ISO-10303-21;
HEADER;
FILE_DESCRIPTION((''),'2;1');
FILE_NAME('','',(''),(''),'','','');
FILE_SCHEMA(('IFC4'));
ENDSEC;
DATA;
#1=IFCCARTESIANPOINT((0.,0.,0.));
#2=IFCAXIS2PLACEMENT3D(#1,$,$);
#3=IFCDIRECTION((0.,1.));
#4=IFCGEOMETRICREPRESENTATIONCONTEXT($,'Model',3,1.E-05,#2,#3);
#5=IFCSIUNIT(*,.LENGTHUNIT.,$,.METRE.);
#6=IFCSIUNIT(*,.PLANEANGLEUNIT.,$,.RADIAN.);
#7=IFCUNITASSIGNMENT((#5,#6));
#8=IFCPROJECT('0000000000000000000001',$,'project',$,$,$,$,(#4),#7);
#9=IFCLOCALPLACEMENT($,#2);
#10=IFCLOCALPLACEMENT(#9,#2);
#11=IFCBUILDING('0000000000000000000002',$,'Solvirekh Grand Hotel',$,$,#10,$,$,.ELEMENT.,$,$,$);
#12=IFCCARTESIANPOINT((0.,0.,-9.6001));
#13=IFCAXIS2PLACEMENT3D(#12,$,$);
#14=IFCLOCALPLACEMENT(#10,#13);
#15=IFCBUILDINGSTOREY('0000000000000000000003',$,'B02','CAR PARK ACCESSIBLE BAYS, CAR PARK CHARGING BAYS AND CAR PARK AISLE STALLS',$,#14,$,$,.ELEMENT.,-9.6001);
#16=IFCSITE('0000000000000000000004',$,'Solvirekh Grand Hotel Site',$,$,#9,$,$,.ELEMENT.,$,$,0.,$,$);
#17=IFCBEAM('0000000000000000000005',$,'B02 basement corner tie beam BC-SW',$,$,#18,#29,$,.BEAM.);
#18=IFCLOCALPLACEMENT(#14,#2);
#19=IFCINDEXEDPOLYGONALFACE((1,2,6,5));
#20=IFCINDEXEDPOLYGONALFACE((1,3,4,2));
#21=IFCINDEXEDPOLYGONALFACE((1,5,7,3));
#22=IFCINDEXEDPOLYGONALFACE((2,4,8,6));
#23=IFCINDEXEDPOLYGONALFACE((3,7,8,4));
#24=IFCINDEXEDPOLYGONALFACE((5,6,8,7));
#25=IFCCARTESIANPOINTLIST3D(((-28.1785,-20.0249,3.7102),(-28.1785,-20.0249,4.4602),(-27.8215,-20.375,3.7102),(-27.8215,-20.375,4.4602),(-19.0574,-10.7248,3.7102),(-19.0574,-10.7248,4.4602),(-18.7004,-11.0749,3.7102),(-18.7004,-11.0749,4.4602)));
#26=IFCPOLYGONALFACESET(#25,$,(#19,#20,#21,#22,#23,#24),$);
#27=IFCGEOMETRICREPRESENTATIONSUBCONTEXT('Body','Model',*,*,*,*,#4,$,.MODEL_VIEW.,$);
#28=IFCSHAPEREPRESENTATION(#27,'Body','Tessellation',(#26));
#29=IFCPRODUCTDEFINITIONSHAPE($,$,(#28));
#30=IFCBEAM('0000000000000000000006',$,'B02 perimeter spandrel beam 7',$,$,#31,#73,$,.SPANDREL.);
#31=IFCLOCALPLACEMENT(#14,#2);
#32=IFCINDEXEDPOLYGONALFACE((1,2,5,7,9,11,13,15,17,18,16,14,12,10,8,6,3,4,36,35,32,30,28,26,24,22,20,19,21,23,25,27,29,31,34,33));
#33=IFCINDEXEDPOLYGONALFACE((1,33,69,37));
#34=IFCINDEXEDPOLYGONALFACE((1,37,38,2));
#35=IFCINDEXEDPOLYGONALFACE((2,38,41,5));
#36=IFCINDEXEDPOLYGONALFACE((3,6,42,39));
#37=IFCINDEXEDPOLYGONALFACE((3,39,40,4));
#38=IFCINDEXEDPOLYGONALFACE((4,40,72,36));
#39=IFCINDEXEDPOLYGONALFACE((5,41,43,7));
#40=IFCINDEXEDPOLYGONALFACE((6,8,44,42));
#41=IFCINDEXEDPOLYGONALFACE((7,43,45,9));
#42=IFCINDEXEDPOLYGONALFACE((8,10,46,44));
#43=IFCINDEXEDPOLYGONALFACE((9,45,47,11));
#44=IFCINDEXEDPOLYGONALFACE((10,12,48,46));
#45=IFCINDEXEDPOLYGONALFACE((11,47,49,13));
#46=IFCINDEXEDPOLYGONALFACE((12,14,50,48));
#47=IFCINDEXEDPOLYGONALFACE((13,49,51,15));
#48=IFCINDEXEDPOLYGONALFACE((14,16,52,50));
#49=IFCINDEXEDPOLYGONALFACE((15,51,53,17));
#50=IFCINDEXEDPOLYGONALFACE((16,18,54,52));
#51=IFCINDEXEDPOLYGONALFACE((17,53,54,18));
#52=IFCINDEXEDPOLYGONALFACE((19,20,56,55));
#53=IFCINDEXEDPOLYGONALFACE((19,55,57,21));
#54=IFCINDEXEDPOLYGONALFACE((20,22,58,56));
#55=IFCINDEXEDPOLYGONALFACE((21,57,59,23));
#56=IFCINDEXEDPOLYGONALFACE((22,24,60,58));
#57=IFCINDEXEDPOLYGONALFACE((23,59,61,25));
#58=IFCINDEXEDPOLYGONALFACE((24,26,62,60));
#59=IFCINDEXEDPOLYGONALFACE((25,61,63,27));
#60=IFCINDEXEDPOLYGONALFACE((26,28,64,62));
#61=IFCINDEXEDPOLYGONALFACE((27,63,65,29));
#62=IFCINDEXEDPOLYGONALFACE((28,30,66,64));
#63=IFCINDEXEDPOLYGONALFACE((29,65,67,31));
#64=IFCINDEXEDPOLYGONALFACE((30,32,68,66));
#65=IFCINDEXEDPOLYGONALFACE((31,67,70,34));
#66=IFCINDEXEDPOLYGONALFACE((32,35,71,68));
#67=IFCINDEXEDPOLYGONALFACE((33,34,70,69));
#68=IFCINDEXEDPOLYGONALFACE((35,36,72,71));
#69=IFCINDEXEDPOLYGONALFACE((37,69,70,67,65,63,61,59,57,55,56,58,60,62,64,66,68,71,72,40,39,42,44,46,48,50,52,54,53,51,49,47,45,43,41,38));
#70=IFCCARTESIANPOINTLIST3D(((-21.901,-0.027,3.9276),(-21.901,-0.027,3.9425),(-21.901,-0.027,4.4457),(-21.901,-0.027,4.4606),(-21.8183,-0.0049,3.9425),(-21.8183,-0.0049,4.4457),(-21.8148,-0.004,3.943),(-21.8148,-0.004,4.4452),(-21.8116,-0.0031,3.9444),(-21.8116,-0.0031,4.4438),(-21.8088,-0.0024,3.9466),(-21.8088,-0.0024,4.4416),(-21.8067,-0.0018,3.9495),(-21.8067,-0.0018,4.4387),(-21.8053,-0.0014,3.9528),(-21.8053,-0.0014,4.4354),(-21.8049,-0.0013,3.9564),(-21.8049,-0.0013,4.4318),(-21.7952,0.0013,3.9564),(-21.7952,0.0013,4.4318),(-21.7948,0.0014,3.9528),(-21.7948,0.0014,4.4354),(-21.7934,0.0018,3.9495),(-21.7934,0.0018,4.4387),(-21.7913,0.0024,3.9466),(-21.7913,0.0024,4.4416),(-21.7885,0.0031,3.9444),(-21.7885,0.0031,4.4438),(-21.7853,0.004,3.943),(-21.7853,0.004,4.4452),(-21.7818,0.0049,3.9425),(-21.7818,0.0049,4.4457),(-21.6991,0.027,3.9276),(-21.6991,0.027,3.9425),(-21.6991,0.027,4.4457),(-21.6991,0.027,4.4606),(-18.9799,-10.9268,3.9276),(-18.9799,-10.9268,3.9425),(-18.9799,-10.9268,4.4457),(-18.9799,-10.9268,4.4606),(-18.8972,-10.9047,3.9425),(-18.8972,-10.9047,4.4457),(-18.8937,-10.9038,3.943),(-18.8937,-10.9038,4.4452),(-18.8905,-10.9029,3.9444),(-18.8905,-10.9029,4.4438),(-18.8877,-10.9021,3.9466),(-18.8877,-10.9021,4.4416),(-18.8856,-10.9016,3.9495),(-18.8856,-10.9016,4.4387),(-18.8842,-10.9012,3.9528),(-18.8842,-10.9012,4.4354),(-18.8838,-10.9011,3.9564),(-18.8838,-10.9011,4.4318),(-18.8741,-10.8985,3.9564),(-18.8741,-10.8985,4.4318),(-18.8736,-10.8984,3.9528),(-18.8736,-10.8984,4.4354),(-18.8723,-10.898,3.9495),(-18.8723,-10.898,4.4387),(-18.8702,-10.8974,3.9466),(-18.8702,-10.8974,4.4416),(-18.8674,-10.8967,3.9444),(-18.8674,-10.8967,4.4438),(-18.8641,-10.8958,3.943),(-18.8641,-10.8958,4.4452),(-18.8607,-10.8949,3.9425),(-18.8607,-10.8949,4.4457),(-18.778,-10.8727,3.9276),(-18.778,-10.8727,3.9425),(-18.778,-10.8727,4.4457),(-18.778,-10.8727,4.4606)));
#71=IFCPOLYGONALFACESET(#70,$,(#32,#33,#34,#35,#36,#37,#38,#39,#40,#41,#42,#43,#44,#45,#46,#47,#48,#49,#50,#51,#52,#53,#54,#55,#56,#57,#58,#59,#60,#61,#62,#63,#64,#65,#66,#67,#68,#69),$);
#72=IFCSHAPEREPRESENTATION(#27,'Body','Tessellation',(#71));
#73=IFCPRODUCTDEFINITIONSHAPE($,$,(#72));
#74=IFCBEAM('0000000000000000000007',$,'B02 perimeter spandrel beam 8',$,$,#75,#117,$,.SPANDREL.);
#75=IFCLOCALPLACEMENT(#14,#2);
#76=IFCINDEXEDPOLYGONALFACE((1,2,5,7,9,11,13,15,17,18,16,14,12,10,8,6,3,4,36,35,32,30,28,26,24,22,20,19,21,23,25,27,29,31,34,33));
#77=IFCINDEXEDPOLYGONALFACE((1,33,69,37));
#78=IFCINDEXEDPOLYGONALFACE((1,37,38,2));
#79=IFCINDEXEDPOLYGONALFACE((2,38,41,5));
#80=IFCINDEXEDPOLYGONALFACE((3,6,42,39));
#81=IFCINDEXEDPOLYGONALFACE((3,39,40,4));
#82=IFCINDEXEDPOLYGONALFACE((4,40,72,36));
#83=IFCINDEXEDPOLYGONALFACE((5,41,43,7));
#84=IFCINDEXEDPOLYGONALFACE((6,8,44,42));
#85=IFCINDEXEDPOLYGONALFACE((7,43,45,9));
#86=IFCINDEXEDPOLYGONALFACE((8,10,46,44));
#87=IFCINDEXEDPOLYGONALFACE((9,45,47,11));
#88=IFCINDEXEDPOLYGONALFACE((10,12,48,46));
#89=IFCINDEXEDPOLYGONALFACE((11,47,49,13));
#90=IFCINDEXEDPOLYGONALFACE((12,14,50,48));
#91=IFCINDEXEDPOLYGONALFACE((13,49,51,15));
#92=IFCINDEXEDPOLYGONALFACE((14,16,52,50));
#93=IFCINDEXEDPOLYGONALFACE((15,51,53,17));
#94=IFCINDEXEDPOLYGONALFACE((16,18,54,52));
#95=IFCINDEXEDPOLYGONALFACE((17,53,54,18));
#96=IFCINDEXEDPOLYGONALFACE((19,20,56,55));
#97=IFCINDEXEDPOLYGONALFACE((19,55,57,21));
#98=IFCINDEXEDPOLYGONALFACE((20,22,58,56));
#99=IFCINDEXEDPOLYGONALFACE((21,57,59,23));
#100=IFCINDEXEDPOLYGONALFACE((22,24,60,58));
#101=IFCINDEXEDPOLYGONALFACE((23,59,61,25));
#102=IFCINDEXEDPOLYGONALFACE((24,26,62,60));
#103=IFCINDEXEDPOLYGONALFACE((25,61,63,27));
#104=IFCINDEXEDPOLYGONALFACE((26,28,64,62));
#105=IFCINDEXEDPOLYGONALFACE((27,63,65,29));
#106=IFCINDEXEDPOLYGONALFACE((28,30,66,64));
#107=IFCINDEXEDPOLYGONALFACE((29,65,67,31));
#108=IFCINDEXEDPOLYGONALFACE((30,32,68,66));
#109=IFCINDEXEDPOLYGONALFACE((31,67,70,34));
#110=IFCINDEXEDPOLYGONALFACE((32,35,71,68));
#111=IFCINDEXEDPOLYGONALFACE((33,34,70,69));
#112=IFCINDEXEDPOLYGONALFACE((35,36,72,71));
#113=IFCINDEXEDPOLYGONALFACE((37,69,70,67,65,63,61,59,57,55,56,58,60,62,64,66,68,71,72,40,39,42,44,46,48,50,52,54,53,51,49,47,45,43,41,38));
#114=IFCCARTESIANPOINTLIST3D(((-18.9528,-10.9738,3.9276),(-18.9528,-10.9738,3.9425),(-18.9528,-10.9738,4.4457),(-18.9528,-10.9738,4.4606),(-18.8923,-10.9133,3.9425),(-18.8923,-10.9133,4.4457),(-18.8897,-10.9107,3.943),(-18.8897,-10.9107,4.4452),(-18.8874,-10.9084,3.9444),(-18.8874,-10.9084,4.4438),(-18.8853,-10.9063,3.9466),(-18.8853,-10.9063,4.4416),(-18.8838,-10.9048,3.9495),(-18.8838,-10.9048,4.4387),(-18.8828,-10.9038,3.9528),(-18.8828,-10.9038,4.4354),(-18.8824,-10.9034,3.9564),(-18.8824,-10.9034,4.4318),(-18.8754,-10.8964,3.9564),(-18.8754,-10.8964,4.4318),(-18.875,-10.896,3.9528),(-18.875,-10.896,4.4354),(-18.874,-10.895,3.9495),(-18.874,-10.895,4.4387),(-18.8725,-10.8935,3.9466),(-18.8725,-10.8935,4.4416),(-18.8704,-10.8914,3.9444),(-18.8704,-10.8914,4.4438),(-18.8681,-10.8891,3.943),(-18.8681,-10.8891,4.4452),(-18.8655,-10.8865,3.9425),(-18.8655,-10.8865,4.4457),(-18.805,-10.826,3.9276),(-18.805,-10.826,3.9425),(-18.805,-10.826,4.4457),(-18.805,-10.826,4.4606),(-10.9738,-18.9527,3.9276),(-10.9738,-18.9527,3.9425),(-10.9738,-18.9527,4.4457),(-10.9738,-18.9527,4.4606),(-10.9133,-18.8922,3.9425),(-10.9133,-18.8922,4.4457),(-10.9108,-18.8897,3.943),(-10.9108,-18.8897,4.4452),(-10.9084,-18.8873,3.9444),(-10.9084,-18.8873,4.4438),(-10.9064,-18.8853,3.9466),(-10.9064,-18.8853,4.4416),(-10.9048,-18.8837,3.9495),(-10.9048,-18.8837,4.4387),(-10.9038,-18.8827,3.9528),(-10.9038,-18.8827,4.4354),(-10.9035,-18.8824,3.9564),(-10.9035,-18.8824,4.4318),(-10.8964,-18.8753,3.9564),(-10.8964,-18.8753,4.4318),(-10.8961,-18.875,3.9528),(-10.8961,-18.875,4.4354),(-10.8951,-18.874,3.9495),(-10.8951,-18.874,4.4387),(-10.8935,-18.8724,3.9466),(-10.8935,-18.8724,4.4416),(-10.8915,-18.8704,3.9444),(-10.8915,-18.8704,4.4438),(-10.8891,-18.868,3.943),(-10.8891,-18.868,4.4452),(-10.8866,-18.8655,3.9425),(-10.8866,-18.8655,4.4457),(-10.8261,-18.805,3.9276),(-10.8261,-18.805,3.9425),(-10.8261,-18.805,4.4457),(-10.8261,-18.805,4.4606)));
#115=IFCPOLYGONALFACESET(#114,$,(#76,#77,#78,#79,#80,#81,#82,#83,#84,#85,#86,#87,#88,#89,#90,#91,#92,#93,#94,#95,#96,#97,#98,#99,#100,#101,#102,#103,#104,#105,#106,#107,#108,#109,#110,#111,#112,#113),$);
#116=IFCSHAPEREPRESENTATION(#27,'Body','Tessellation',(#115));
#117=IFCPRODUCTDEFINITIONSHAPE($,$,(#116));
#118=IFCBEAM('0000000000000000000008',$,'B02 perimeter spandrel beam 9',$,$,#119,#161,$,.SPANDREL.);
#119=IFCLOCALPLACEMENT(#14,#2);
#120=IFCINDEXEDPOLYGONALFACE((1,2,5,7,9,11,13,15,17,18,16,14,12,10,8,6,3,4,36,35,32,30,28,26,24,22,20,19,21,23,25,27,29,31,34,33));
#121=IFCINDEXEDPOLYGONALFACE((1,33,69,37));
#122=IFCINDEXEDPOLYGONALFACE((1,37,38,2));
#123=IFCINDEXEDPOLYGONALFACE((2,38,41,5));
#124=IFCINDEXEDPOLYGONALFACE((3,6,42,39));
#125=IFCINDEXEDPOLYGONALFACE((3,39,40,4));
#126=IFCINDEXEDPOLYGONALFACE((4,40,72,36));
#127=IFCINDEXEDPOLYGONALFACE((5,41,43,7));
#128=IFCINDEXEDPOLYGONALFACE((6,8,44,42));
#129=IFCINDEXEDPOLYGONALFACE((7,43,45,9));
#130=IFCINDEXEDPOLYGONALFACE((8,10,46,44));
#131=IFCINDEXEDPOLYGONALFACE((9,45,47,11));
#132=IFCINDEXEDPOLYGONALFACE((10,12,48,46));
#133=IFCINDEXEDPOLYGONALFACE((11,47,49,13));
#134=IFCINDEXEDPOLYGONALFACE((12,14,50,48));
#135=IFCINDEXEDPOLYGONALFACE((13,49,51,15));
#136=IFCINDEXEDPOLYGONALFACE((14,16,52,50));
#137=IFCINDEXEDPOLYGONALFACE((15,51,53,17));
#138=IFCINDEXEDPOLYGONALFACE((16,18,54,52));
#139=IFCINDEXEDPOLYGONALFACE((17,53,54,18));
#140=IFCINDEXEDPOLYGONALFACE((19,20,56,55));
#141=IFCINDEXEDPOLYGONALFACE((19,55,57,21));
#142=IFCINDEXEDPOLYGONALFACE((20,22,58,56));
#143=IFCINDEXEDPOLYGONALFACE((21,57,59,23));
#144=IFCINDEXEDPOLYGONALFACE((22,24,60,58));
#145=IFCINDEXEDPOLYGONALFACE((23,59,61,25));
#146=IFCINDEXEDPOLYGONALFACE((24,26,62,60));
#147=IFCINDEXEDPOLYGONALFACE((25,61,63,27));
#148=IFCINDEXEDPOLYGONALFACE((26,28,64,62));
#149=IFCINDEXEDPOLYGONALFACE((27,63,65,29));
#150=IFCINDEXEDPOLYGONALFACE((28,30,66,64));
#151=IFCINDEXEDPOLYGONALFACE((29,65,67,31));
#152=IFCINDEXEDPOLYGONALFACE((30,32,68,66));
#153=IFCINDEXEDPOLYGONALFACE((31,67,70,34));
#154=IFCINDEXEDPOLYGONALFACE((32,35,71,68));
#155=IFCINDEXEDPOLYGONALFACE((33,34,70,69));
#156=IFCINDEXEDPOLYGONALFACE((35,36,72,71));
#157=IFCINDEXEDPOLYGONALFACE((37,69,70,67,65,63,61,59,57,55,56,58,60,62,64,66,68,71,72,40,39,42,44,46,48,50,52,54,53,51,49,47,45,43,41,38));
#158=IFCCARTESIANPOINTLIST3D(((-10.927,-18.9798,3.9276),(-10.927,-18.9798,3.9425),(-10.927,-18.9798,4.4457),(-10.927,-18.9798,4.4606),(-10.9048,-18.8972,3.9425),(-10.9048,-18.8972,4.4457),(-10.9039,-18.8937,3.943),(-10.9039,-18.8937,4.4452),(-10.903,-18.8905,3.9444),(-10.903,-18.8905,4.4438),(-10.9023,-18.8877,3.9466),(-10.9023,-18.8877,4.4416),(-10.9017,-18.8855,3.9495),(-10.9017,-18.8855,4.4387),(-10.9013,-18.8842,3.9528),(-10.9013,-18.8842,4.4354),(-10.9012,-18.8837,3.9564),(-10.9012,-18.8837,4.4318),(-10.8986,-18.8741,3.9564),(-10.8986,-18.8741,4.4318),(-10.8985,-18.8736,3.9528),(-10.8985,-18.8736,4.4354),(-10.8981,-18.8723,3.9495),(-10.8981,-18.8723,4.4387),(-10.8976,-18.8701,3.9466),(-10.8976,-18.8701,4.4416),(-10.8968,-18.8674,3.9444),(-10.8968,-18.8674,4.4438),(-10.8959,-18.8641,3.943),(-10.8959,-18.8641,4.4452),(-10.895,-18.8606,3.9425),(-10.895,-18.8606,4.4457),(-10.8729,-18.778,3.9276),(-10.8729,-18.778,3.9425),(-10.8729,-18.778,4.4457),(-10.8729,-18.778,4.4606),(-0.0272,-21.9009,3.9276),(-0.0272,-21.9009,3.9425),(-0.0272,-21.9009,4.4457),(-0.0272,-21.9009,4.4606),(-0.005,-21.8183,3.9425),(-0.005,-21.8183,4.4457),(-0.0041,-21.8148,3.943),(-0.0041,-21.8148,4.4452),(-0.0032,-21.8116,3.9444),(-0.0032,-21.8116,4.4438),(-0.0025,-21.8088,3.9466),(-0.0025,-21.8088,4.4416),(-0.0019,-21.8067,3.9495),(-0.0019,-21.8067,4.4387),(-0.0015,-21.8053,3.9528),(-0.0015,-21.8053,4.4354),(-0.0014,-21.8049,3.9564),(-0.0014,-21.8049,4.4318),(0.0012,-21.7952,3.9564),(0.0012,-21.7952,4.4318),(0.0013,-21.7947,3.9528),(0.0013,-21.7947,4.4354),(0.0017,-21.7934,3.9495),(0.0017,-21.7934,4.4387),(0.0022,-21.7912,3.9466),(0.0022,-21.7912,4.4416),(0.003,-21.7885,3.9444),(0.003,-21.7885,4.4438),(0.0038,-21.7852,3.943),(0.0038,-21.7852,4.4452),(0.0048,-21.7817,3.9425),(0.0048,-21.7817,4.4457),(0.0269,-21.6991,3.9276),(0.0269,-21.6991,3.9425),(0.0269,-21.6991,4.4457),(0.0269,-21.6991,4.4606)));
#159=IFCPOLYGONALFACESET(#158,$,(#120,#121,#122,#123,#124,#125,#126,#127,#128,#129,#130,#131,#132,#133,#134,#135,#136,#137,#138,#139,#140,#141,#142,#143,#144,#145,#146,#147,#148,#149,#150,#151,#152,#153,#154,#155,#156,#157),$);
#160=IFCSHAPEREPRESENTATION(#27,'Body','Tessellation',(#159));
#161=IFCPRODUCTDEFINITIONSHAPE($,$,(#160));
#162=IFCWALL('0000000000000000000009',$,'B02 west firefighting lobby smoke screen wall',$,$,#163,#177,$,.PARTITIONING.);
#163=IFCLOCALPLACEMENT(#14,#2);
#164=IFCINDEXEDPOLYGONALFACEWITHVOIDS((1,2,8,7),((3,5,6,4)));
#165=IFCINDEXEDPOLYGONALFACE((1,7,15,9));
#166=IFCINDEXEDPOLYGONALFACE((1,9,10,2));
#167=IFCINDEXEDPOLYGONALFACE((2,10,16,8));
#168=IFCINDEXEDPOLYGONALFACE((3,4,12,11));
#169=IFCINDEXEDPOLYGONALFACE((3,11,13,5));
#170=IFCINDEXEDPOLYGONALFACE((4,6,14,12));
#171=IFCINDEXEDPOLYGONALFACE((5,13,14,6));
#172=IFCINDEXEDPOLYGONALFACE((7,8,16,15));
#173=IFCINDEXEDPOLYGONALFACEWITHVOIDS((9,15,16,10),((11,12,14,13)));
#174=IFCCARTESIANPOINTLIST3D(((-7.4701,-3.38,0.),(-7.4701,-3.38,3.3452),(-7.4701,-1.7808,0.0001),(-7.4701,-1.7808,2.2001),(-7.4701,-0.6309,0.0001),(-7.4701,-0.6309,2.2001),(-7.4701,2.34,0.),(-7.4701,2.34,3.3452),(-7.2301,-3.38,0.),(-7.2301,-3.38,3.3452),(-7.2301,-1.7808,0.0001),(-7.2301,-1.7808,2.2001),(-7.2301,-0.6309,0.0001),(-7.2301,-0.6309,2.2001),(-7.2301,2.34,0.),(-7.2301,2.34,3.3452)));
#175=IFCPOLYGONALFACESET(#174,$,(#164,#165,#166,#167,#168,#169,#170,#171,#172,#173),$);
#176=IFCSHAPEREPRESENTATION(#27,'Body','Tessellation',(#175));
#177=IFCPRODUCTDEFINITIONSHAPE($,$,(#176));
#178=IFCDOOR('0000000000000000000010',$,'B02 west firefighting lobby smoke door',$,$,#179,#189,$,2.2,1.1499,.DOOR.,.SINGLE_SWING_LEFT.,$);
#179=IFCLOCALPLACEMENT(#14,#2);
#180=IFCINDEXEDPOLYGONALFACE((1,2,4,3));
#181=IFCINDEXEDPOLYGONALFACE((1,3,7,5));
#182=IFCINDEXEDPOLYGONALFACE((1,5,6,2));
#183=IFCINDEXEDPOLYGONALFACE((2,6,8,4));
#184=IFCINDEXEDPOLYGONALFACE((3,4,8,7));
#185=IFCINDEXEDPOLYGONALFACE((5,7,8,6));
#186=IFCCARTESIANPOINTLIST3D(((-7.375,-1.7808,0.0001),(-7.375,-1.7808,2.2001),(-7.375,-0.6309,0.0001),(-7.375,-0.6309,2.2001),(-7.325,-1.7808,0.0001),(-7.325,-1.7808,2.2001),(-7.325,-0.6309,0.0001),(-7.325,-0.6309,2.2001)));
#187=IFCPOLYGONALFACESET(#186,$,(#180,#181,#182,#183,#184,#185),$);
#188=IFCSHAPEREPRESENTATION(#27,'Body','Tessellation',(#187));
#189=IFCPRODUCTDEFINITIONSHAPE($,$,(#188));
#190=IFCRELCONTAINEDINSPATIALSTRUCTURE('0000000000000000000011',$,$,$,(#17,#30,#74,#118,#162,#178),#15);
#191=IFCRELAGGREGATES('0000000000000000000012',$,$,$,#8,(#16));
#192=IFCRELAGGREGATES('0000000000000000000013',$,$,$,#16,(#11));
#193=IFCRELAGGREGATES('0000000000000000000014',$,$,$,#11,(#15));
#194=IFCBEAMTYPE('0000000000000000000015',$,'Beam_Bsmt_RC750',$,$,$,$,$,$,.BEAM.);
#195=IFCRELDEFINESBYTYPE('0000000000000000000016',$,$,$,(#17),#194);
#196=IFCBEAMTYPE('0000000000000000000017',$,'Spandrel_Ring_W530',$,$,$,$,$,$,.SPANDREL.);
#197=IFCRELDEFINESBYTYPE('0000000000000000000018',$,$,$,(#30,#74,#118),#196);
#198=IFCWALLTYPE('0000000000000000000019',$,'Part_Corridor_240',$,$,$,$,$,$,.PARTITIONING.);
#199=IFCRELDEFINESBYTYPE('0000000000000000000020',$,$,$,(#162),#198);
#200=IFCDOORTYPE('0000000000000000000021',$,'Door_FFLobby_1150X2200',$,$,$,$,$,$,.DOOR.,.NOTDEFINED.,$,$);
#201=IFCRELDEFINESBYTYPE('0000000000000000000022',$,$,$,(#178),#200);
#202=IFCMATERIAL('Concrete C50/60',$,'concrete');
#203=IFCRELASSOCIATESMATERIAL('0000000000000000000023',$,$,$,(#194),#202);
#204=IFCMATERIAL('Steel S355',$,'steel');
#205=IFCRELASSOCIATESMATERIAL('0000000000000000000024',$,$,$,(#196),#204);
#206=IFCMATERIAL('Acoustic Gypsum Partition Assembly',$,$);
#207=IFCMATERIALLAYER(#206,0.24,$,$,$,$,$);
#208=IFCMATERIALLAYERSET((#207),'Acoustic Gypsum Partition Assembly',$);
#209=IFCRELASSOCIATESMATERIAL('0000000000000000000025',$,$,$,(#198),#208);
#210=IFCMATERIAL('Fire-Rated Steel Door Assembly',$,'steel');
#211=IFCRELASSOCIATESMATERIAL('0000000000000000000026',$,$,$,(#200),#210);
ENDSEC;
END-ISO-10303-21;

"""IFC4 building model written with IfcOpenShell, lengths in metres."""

from ifc_helpers import new_model, si_unit, direction, frame, frame_2d, origin, origin_2d, place, context, subcontext, project, spatial, rectangle, i_section, extrude, material, layer, layer_set, material_profile, profile_set, type_object, element, fill, save


model = new_model("IFC4")

# Units and contexts
model_context = context("Model", 3, precision=1e-05, world=origin(), true_north=direction((0.0, 1.0)))
body_context = subcontext(model_context, "Body", "Model", "MODEL_VIEW")
ifc_project = project(units=[si_unit("LENGTHUNIT", "METRE"), si_unit("PLANEANGLEUNIT", "RADIAN")], contexts=[model_context])

# Site, building, storey
site_placement = place(None, origin())
site = spatial("IfcSite", under=ifc_project, at=site_placement, Name="Solvirekh Grand Hotel Site", CompositionType="ELEMENT", RefElevation=0.0)
building_placement = place(site_placement, origin())
building = spatial("IfcBuilding", under=site, at=building_placement, Name="Solvirekh Grand Hotel", CompositionType="ELEMENT")
storey_placement = place(building_placement, frame((0.0, 0.0, -9.6001)))
storey = spatial("IfcBuildingStorey", under=building, at=storey_placement, Name="B02", Description="CAR PARK ACCESSIBLE BAYS, CAR PARK CHARGING BAYS AND CAR PARK AISLE STALLS", CompositionType="ELEMENT", Elevation=-9.6001)

# Shared definitions
ifc_material_1 = material(Name="Concrete C50/60", Category="concrete")

# Beams
ifc_material_profile_1 = material_profile(ifc_material_1, rectangle(XDim=0.5, YDim=0.75, at=origin_2d()), Name="RC BEAM 500X750")
ifc_profile_set_1 = profile_set([ifc_material_profile_1], Name="Concrete C50/60")
beam_type_1 = type_object("IfcBeamType", Name="Beam_Bsmt_RC750", PredefinedType="BEAM", material=ifc_profile_set_1)
beam_1_placement = place(storey_placement, frame((-28.0, -20.2, 4.0852), z_axis=(0.700204, 0.713942, 0.0), x_axis=(-0.713942, 0.700204, 0.0)))
element("IfcBeam", 1, at=beam_1_placement, inside=storey, type_object=beam_type_1, Name="B02 basement corner tie beam BC-SW", PredefinedType="BEAM", context=body_context, shape_type="SweptSolid", body=[
    extrude(rectangle(XDim=0.5, YDim=0.75, at=origin_2d()), origin(), (0.0, 0.0, 1.0), 13.0264),
])
ifc_material_2 = material(Name="Steel S355", Category="steel")
ifc_material_profile_2 = material_profile(ifc_material_2, i_section(OverallWidth=0.209, OverallDepth=0.533, WebThickness=0.01, FlangeThickness=0.0149, FilletRadius=0.0139, at=origin_2d()), Name="W530X92")
ifc_profile_set_2 = profile_set([ifc_material_profile_2], Name="Steel S355")
beam_type_2 = type_object("IfcBeamType", Name="Spandrel_Ring_W530", PredefinedType="SPANDREL", material=ifc_profile_set_2)
beam_2_placement = place(storey_placement, frame((-21.8, 0.0, 4.1941), z_axis=(0.258862, -0.965914, 0.0), x_axis=(0.965914, 0.258862, 0.0)))
element("IfcBeam", 2, at=beam_2_placement, inside=storey, type_object=beam_type_2, Name="B02 perimeter spandrel beam 7", PredefinedType="SPANDREL", context=body_context, shape_type="SweptSolid", body=[
    extrude(i_section(OverallWidth=0.209, OverallDepth=0.533, WebThickness=0.01, FlangeThickness=0.0149, FilletRadius=0.0139, at=origin_2d()), origin(), (0.0, 0.0, 1.0), 11.2844),
])
beam_3_placement = place(storey_placement, frame((-18.8789, -10.8999, 4.1941), z_axis=(0.707107, -0.707107, 0.0), x_axis=(0.707107, 0.707107, 0.0)))
element("IfcBeam", 3, at=beam_3_placement, inside=storey, type_object=beam_type_2, Name="B02 perimeter spandrel beam 8", PredefinedType="SPANDREL", context=body_context, shape_type="SweptSolid", body=[
    extrude(i_section(OverallWidth=0.209, OverallDepth=0.533, WebThickness=0.01, FlangeThickness=0.0149, FilletRadius=0.0139, at=origin_2d()), origin(), (0.0, 0.0, 1.0), 11.2839),
])
beam_4_placement = place(storey_placement, frame((-10.8999, -18.8789, 4.1941), z_axis=(0.965914, -0.258862, 0.0), x_axis=(0.258862, 0.965914, 0.0)))
element("IfcBeam", 4, at=beam_4_placement, inside=storey, type_object=beam_type_2, Name="B02 perimeter spandrel beam 9", PredefinedType="SPANDREL", context=body_context, shape_type="SweptSolid", body=[
    extrude(i_section(OverallWidth=0.209, OverallDepth=0.533, WebThickness=0.01, FlangeThickness=0.0149, FilletRadius=0.0139, at=origin_2d()), origin(), (0.0, 0.0, 1.0), 11.2844),
])

# Wall, opening, door
ifc_material_3 = material(Name="Acoustic Gypsum Partition Assembly")
ifc_layer_1 = layer(ifc_material_3, 0.24)
ifc_layer_set_1 = layer_set([ifc_layer_1], Name="Acoustic Gypsum Partition Assembly")
wall_type_1 = type_object("IfcWallType", Name="Part_Corridor_240", PredefinedType="PARTITIONING", material=ifc_layer_set_1)
wall_1_placement = place(storey_placement, frame((-7.3501, -3.3799, 0.0), z_axis=(0.0, 0.0, 1.0), x_axis=(0.0, 1.0, 0.0)))
wall_1 = element("IfcWall", 5, at=wall_1_placement, inside=storey, type_object=wall_type_1, Name="B02 west firefighting lobby smoke screen wall", PredefinedType="PARTITIONING", context=body_context, shape_type="SweptSolid", body=[
    extrude(rectangle(XDim=5.72, YDim=0.24, at=frame_2d((2.8599, 0.0))), origin(), (0.0, 0.0, 1.0), 3.3452),
])
opening_1_placement = place(wall_1_placement, frame((1.5991, 0.0, 0.0)))
opening_1 = element("IfcOpeningElement", 6, at=opening_1_placement, cuts=wall_1, PredefinedType="OPENING", context=body_context, shape_type="SweptSolid", body=[
    extrude(rectangle(XDim=1.1499, YDim=2.2, at=frame_2d((0.575, 1.1001))), frame((0.0, 0.1299, 0.0), z_axis=(0.0, -1.0, 0.0), x_axis=(1.0, 0.0, 0.0)), (0.0, 0.0, 1.0), 0.26),
])
ifc_material_4 = material(Name="Fire-Rated Steel Door Assembly", Category="steel")
door_type_1 = type_object("IfcDoorType", Name="Door_FFLobby_1150X2200", OperationType="NOTDEFINED", PredefinedType="DOOR", material=ifc_material_4)
door_1_placement = place(opening_1_placement, origin())
door_1 = element("IfcDoor", 7, at=door_1_placement, inside=storey, type_object=door_type_1, Name="B02 west firefighting lobby smoke door", OperationType="SINGLE_SWING_LEFT", OverallHeight=2.2, OverallWidth=1.1499, PredefinedType="DOOR", context=body_context, shape_type="SweptSolid", body=[
    extrude(rectangle(XDim=1.1499, YDim=2.2, at=frame_2d((0.575, 1.1001))), frame((0.0, 0.0249, 0.0), z_axis=(0.0, -1.0, 0.0), x_axis=(1.0, 0.0, 0.0)), (0.0, 0.0, 1.0), 0.05),
])
fill(opening_1, door_1)

save(model, "model.ifc")
